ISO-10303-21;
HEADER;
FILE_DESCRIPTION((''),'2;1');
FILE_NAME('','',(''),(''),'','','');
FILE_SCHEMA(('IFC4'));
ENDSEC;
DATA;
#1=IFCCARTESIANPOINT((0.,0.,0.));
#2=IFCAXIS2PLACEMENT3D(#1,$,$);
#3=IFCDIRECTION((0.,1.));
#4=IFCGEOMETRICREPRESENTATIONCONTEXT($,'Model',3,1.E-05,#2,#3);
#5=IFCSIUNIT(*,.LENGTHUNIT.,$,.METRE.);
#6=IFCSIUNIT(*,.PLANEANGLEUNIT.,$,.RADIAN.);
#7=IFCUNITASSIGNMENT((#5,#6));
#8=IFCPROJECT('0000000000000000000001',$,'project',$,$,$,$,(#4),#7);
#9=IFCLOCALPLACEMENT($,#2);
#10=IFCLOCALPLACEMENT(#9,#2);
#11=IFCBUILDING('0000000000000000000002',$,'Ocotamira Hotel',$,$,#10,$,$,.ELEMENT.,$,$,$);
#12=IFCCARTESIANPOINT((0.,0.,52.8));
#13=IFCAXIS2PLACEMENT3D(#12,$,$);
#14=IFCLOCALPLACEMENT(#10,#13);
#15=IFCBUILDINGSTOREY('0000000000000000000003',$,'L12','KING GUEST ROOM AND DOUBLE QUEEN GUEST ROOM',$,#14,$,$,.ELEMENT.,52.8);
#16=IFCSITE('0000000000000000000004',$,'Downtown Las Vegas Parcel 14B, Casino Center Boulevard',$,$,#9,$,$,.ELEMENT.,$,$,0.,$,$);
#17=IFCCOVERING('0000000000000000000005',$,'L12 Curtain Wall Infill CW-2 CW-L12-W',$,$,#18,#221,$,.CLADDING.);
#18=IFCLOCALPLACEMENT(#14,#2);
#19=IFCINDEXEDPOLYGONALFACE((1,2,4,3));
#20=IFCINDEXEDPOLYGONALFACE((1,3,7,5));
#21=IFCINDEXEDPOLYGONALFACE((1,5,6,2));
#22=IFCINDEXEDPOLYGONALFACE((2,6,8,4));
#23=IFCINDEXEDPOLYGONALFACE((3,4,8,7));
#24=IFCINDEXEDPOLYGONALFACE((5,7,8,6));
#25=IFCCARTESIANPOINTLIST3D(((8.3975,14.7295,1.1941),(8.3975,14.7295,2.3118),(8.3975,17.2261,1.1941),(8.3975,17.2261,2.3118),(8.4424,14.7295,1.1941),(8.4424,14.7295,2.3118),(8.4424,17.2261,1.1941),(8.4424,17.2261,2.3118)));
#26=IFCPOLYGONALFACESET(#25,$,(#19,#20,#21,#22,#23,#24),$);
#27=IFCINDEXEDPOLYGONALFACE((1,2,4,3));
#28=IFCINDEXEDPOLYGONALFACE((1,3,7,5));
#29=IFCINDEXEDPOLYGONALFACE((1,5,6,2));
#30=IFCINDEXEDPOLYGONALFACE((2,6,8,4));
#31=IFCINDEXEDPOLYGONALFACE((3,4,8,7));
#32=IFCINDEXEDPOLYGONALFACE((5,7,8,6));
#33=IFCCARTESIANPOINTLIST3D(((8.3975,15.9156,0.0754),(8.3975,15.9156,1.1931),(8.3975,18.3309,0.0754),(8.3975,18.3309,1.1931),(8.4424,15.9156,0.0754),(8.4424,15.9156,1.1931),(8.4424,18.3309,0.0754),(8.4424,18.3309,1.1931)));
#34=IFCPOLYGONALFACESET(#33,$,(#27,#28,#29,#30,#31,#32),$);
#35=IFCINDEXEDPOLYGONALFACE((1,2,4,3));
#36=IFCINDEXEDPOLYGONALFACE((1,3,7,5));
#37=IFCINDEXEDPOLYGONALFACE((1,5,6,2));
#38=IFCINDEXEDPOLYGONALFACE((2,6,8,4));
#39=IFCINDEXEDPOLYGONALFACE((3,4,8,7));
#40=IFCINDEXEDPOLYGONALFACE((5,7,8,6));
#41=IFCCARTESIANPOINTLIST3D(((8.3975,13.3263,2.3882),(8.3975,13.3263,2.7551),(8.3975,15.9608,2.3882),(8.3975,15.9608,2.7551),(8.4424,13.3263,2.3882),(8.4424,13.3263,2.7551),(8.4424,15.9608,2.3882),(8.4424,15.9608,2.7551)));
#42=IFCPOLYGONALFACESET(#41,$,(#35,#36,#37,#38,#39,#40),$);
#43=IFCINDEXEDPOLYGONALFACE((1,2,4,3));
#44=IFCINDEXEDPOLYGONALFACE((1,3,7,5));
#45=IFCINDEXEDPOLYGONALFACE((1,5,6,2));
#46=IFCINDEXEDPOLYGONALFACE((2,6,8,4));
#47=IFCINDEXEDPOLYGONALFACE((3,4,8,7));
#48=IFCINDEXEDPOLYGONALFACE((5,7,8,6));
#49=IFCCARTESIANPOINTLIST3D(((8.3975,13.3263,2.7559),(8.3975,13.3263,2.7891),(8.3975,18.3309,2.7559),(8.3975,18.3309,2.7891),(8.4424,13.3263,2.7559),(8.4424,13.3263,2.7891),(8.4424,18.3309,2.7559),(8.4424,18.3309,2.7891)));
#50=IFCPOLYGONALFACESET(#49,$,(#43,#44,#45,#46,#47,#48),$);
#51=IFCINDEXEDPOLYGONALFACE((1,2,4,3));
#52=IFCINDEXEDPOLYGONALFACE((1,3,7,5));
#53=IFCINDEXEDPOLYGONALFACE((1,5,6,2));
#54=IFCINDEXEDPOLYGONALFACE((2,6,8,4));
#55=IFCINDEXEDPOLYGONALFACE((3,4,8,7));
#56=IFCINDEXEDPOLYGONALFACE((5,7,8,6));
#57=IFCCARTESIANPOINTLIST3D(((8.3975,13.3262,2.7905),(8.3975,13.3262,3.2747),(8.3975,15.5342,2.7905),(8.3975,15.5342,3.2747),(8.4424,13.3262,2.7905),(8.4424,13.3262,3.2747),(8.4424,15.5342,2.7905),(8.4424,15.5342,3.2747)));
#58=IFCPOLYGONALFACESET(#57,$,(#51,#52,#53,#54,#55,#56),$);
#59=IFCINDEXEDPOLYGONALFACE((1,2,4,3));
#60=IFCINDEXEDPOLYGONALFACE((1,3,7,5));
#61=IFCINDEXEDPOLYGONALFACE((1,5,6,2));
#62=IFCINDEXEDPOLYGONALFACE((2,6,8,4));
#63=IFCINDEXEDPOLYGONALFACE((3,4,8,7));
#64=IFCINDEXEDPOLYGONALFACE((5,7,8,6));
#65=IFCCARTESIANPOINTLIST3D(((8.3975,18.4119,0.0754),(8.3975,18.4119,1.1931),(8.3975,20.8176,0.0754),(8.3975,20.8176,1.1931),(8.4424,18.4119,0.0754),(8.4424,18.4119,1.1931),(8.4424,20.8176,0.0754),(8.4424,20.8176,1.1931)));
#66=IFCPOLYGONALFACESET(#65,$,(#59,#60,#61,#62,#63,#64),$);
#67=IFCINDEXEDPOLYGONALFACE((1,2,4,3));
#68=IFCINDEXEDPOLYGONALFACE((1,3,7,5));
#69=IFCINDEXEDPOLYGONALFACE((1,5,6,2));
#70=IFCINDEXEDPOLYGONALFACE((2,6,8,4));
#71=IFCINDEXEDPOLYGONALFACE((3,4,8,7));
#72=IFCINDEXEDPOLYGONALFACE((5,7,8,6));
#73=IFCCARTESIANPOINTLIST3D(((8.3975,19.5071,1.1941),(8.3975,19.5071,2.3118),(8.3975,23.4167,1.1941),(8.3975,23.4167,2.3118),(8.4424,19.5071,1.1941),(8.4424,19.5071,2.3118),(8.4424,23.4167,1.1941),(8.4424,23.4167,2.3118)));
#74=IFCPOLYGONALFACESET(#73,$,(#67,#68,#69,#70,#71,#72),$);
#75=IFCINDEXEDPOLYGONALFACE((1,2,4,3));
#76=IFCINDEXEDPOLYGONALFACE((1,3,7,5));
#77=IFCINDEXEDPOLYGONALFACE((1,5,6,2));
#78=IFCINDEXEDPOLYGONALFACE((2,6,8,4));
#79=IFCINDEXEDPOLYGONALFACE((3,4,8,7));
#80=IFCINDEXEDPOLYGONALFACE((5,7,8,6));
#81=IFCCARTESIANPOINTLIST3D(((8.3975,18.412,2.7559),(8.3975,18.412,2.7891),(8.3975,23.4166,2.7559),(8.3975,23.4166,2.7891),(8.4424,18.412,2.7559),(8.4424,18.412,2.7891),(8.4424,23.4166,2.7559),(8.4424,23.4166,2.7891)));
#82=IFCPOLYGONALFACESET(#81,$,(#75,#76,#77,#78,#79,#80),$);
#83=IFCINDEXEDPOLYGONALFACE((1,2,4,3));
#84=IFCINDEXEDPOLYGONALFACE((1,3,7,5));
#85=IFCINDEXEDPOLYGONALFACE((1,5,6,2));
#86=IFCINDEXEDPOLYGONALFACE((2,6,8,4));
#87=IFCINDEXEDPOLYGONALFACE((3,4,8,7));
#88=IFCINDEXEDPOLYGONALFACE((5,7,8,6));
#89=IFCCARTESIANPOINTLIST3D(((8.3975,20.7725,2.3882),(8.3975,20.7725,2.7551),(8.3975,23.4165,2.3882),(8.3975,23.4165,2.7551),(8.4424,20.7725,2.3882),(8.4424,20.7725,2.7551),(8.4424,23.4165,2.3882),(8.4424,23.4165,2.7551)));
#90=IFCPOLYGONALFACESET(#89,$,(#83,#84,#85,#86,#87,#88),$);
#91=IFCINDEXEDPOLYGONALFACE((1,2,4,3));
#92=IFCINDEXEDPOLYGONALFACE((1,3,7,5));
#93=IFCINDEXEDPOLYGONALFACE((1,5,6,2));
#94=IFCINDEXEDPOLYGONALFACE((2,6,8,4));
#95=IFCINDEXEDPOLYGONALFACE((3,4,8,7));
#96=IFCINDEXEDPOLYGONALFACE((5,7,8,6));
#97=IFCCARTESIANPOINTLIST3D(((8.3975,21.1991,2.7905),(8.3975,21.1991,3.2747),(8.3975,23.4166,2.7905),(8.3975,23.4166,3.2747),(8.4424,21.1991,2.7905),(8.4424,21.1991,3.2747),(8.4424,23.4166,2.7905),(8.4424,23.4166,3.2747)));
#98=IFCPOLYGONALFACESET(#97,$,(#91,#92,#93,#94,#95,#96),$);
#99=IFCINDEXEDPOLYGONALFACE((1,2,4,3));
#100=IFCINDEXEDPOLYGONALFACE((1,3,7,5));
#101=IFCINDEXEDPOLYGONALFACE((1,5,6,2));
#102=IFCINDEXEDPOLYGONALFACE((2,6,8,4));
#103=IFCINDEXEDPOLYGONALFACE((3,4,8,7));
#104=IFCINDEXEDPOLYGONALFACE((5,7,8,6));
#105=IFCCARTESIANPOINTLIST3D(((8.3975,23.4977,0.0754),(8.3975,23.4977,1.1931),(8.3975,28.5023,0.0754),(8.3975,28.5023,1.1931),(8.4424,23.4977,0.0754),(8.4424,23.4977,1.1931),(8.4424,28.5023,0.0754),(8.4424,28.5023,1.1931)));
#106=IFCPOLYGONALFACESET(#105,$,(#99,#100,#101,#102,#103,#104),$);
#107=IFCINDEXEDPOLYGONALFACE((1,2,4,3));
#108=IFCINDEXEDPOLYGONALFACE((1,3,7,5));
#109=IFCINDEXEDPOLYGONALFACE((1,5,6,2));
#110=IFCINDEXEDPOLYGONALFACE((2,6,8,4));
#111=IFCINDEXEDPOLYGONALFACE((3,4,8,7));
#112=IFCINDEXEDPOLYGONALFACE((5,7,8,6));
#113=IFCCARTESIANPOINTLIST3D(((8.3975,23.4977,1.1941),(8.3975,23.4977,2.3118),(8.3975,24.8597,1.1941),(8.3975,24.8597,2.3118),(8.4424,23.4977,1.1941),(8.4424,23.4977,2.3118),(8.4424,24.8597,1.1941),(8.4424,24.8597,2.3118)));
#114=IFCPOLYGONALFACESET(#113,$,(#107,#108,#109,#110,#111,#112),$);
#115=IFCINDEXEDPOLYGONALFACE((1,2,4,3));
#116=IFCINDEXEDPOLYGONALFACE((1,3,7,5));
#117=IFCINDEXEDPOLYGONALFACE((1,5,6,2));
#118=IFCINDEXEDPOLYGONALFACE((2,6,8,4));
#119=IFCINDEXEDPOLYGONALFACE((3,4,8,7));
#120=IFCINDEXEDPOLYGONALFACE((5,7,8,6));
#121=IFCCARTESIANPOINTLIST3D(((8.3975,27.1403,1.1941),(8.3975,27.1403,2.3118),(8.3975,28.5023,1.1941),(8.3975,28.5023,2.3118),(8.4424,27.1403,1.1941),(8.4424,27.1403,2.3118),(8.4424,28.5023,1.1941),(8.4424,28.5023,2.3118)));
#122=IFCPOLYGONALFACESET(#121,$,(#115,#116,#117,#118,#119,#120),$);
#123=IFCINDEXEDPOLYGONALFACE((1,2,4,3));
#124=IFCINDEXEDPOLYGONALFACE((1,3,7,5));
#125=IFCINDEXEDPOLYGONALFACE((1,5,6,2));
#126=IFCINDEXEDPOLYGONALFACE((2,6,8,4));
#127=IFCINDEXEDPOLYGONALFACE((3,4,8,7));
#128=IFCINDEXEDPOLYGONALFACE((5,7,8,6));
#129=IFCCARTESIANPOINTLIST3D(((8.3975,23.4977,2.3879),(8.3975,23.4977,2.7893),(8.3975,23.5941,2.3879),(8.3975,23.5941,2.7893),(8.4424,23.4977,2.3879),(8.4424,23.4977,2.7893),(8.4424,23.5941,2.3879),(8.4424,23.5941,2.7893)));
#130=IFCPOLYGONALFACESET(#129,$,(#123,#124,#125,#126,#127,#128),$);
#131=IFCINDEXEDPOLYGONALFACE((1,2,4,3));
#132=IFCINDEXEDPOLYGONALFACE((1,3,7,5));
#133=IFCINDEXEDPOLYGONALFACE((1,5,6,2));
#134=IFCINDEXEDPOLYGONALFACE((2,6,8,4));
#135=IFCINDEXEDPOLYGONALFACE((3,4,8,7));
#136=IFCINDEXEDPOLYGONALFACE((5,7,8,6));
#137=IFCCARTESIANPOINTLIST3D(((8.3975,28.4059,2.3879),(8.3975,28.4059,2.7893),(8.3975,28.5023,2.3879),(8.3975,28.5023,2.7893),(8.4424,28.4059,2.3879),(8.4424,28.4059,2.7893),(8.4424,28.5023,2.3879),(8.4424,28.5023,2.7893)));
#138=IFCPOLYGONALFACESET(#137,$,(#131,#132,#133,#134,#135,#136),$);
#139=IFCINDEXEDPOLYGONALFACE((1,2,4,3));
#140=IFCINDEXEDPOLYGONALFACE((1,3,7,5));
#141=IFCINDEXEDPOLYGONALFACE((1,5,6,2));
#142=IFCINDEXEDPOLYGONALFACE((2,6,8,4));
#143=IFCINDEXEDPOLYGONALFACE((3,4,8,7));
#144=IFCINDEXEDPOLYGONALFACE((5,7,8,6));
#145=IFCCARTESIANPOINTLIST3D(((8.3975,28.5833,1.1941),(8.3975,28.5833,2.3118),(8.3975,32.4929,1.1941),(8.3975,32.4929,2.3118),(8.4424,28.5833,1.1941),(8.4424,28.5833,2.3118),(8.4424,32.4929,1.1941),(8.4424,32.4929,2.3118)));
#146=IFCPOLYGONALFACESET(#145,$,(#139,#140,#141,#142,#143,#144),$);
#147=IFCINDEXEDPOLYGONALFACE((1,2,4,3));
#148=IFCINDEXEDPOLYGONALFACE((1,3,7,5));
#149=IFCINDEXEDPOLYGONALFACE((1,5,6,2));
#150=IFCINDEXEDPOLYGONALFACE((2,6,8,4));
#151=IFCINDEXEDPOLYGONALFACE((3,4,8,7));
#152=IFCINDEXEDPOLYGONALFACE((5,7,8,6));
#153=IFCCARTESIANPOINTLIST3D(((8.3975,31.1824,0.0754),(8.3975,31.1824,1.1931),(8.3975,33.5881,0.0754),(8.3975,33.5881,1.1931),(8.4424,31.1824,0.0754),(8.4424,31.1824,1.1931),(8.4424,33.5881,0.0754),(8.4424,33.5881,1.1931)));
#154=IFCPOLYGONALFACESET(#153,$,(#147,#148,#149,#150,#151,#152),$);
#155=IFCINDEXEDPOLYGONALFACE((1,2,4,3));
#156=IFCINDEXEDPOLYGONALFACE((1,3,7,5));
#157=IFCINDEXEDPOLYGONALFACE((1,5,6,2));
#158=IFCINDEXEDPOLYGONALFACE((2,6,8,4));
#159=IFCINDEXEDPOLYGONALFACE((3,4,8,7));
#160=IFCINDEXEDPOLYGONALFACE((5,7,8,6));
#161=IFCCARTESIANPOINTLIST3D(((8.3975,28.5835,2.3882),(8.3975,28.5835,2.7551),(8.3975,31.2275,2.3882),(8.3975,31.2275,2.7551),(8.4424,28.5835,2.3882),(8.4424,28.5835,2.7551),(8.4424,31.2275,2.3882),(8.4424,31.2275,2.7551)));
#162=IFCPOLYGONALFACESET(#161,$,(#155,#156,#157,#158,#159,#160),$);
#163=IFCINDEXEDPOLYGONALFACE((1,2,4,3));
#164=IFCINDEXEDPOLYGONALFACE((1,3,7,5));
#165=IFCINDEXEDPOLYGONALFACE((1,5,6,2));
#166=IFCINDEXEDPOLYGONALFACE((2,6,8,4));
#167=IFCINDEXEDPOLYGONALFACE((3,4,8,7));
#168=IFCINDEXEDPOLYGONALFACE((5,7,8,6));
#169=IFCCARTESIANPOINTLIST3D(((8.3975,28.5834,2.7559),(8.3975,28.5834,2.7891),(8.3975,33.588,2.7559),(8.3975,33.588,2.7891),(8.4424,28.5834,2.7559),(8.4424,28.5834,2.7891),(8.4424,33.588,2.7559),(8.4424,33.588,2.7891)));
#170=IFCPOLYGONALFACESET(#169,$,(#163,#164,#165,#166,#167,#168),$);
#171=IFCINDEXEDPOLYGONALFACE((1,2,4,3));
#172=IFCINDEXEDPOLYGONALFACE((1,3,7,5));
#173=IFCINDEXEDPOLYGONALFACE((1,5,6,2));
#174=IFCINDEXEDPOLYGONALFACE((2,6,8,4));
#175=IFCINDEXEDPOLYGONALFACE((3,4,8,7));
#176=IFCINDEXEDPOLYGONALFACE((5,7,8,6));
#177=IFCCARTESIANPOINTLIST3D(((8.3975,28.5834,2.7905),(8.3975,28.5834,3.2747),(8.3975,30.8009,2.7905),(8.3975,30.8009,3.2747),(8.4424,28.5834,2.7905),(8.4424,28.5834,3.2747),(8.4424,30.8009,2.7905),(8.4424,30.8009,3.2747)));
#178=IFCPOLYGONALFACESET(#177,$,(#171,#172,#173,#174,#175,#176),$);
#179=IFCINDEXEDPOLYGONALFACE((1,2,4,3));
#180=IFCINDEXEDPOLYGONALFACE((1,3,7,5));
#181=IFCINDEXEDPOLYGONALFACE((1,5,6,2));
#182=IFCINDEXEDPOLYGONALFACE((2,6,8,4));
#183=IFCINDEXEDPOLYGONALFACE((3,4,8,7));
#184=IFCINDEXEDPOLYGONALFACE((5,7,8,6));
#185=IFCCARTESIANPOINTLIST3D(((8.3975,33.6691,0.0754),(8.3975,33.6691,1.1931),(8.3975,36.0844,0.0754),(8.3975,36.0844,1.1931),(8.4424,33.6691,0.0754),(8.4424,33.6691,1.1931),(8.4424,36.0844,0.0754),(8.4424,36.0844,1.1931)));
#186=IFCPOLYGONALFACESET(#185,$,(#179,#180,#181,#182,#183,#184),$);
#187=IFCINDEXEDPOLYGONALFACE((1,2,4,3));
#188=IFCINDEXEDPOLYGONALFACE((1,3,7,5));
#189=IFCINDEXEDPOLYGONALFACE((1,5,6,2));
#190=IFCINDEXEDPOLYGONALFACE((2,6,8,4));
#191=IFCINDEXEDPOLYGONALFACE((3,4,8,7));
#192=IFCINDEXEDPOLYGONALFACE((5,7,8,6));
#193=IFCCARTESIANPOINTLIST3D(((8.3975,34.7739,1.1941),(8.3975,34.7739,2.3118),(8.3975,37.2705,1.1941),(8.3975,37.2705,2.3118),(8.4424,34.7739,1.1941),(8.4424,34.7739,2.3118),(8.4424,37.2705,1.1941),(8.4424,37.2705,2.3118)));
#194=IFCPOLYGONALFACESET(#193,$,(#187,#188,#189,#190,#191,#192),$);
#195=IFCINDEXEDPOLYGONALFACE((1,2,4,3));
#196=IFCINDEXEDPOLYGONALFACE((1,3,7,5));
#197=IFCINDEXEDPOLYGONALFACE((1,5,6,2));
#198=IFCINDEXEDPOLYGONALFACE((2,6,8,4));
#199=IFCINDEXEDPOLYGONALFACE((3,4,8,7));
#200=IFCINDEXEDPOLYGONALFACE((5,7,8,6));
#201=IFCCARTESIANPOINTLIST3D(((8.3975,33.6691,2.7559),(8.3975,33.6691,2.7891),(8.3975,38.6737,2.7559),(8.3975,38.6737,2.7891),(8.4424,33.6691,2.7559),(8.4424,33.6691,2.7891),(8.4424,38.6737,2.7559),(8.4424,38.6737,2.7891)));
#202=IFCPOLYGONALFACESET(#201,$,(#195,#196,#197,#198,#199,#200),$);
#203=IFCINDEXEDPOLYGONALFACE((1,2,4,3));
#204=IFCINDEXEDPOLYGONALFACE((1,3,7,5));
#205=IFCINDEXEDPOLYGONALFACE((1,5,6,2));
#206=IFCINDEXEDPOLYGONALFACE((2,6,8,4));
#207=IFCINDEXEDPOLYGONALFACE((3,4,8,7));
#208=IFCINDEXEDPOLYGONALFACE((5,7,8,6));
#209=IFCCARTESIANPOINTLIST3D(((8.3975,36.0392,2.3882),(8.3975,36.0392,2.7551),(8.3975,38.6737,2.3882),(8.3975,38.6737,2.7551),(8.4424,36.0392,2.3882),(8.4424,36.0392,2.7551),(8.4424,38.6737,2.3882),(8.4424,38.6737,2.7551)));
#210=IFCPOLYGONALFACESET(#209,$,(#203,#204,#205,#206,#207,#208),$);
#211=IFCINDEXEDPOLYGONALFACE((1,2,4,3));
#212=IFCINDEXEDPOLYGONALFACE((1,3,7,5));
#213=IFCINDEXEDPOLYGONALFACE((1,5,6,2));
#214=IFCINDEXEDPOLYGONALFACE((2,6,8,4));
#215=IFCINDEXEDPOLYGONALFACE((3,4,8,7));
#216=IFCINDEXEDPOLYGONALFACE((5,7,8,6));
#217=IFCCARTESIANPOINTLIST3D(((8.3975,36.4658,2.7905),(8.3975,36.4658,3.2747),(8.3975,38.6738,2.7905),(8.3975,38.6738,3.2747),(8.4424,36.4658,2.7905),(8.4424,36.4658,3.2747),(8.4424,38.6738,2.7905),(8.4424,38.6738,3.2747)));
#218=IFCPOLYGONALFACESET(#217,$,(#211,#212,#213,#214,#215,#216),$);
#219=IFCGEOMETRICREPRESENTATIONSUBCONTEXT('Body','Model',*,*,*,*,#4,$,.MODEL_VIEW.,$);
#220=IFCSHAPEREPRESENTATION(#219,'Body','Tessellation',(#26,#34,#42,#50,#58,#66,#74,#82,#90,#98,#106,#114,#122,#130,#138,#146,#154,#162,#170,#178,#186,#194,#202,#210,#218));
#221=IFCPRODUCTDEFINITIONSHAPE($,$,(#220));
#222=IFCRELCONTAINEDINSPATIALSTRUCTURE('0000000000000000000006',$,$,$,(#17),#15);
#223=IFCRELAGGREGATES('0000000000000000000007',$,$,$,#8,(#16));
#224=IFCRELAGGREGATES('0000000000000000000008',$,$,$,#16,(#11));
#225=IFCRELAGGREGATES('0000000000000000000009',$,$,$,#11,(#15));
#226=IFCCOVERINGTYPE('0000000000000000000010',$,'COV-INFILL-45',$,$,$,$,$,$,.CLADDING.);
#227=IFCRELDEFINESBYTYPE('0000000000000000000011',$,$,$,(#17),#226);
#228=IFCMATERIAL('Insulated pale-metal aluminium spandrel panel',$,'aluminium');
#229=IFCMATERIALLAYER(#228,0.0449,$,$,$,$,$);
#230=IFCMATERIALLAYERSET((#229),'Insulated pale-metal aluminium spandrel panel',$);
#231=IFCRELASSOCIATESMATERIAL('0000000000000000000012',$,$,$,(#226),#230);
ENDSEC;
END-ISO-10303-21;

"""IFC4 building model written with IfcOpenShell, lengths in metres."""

from ifc_helpers import new_model, si_unit, direction, frame, origin, origin_2d, place, context, subcontext, project, spatial, rectangle, extrude, material, layer, layer_set, type_object, element, save


model = new_model("IFC4")

# Units and contexts
model_context = context("Model", 3, precision=1e-05, world=origin(), true_north=direction((0.0, 1.0)))
body_context = subcontext(model_context, "Body", "Model", "MODEL_VIEW")
ifc_project = project(units=[si_unit("LENGTHUNIT", "METRE"), si_unit("PLANEANGLEUNIT", "RADIAN")], contexts=[model_context])

# Site, building, storey
site_placement = place(None, origin())
site = spatial("IfcSite", under=ifc_project, at=site_placement, Name="Downtown Las Vegas Parcel 14B, Casino Center Boulevard", CompositionType="ELEMENT", RefElevation=0.0)
building_placement = place(site_placement, origin())
building = spatial("IfcBuilding", under=site, at=building_placement, Name="Ocotamira Hotel", CompositionType="ELEMENT")
storey_placement = place(building_placement, frame((0.0, 0.0, 52.8)))
storey = spatial("IfcBuildingStorey", under=building, at=storey_placement, Name="L12", Description="KING GUEST ROOM AND DOUBLE QUEEN GUEST ROOM", CompositionType="ELEMENT", Elevation=52.8)

# Covering
ifc_material_1 = material(Name="Insulated pale-metal aluminium spandrel panel", Category="aluminium")
ifc_layer_1 = layer(ifc_material_1, 0.0449)
ifc_layer_set_1 = layer_set([ifc_layer_1], Name="Insulated pale-metal aluminium spandrel panel")
covering_type_1 = type_object("IfcCoveringType", Name="COV-INFILL-45", PredefinedType="CLADDING", material=ifc_layer_set_1)
covering_1_placement = place(storey_placement, origin())
element("IfcCovering", 1, at=covering_1_placement, inside=storey, type_object=covering_type_1, Name="L12 Curtain Wall Infill CW-2 CW-L12-W", PredefinedType="CLADDING", context=body_context, shape_type="SweptSolid", body=[
    extrude(rectangle(XDim=2.4966, YDim=0.0449, at=origin_2d()), frame((8.4199, 15.9778, 1.1941), z_axis=(0.0, 0.0, 1.0), x_axis=(0.0, 1.0, 0.0)), (0.0, 0.0, 1.0), 1.1177),
    extrude(rectangle(XDim=2.4153, YDim=0.0449, at=origin_2d()), frame((8.4199, 17.1233, 0.0754), z_axis=(0.0, 0.0, 1.0), x_axis=(0.0, 1.0, 0.0)), (0.0, 0.0, 1.0), 1.1177),
    extrude(rectangle(XDim=2.6345, YDim=0.0449, at=origin_2d()), frame((8.4199, 14.6436, 2.3882), z_axis=(0.0, 0.0, 1.0), x_axis=(0.0, 1.0, 0.0)), (0.0, 0.0, 1.0), 0.3669),
    extrude(rectangle(XDim=5.0046, YDim=0.0449, at=origin_2d()), frame((8.4199, 15.8286, 2.7559), z_axis=(0.0, 0.0, 1.0), x_axis=(0.0, 1.0, 0.0)), (0.0, 0.0, 1.0), 0.0332),
    extrude(rectangle(XDim=2.208, YDim=0.0449, at=origin_2d()), frame((8.4199, 14.4302, 2.7905), z_axis=(0.0, 0.0, 1.0), x_axis=(0.0, 1.0, 0.0)), (0.0, 0.0, 1.0), 0.4841),
    extrude(rectangle(XDim=2.4058, YDim=0.0449, at=origin_2d()), frame((8.4199, 19.6147, 0.0754), z_axis=(0.0, 0.0, 1.0), x_axis=(0.0, 1.0, 0.0)), (0.0, 0.0, 1.0), 1.1177),
    extrude(rectangle(XDim=3.9097, YDim=0.0449, at=origin_2d()), frame((8.4199, 21.4619, 1.1941), z_axis=(0.0, 0.0, 1.0), x_axis=(0.0, 1.0, 0.0)), (0.0, 0.0, 1.0), 1.1177),
    extrude(rectangle(XDim=5.0046, YDim=0.0449, at=origin_2d()), frame((8.4199, 20.9143, 2.7559), z_axis=(0.0, 0.0, 1.0), x_axis=(0.0, 1.0, 0.0)), (0.0, 0.0, 1.0), 0.0332),
    extrude(rectangle(XDim=2.644, YDim=0.0449, at=origin_2d()), frame((8.4199, 22.0945, 2.3882), z_axis=(0.0, 0.0, 1.0), x_axis=(0.0, 1.0, 0.0)), (0.0, 0.0, 1.0), 0.3669),
    extrude(rectangle(XDim=2.2175, YDim=0.0449, at=origin_2d()), frame((8.4199, 22.3079, 2.7905), z_axis=(0.0, 0.0, 1.0), x_axis=(0.0, 1.0, 0.0)), (0.0, 0.0, 1.0), 0.4841),
    extrude(rectangle(XDim=5.0046, YDim=0.0449, at=origin_2d()), frame((8.4199, 26.0, 0.0754), z_axis=(0.0, 0.0, 1.0), x_axis=(0.0, 1.0, 0.0)), (0.0, 0.0, 1.0), 1.1177),
    extrude(rectangle(XDim=1.3621, YDim=0.0449, at=origin_2d()), frame((8.4199, 24.1787, 1.1941), z_axis=(0.0, 0.0, 1.0), x_axis=(0.0, 1.0, 0.0)), (0.0, 0.0, 1.0), 1.1177),
    extrude(rectangle(XDim=1.3621, YDim=0.0449, at=origin_2d()), frame((8.4199, 27.8213, 1.1941), z_axis=(0.0, 0.0, 1.0), x_axis=(0.0, 1.0, 0.0)), (0.0, 0.0, 1.0), 1.1177),
    extrude(rectangle(XDim=0.0964, YDim=0.0449, at=origin_2d()), frame((8.4199, 23.5459, 2.3879), z_axis=(0.0, 0.0, 1.0), x_axis=(0.0, 1.0, 0.0)), (0.0, 0.0, 1.0), 0.4014),
    extrude(rectangle(XDim=0.0964, YDim=0.0449, at=origin_2d()), frame((8.4199, 28.4541, 2.3879), z_axis=(0.0, 0.0, 1.0), x_axis=(0.0, 1.0, 0.0)), (0.0, 0.0, 1.0), 0.4014),
    extrude(rectangle(XDim=3.9097, YDim=0.0449, at=origin_2d()), frame((8.4199, 30.5381, 1.1941), z_axis=(0.0, 0.0, 1.0), x_axis=(0.0, 1.0, 0.0)), (0.0, 0.0, 1.0), 1.1177),
    extrude(rectangle(XDim=2.4058, YDim=0.0449, at=origin_2d()), frame((8.4199, 32.3853, 0.0754), z_axis=(0.0, 0.0, 1.0), x_axis=(0.0, 1.0, 0.0)), (0.0, 0.0, 1.0), 1.1177),
    extrude(rectangle(XDim=2.644, YDim=0.0449, at=origin_2d()), frame((8.4199, 29.9055, 2.3882), z_axis=(0.0, 0.0, 1.0), x_axis=(0.0, 1.0, 0.0)), (0.0, 0.0, 1.0), 0.3669),
    extrude(rectangle(XDim=5.0046, YDim=0.0449, at=origin_2d()), frame((8.4199, 31.0857, 2.7559), z_axis=(0.0, 0.0, 1.0), x_axis=(0.0, 1.0, 0.0)), (0.0, 0.0, 1.0), 0.0332),
    extrude(rectangle(XDim=2.2175, YDim=0.0449, at=origin_2d()), frame((8.4199, 29.6921, 2.7905), z_axis=(0.0, 0.0, 1.0), x_axis=(0.0, 1.0, 0.0)), (0.0, 0.0, 1.0), 0.4841),
    extrude(rectangle(XDim=2.4153, YDim=0.0449, at=origin_2d()), frame((8.4199, 34.8767, 0.0754), z_axis=(0.0, 0.0, 1.0), x_axis=(0.0, 1.0, 0.0)), (0.0, 0.0, 1.0), 1.1177),
    extrude(rectangle(XDim=2.4966, YDim=0.0449, at=origin_2d()), frame((8.4199, 36.0222, 1.1941), z_axis=(0.0, 0.0, 1.0), x_axis=(0.0, 1.0, 0.0)), (0.0, 0.0, 1.0), 1.1177),
    extrude(rectangle(XDim=5.0046, YDim=0.0449, at=origin_2d()), frame((8.4199, 36.1714, 2.7559), z_axis=(0.0, 0.0, 1.0), x_axis=(0.0, 1.0, 0.0)), (0.0, 0.0, 1.0), 0.0332),
    extrude(rectangle(XDim=2.6345, YDim=0.0449, at=origin_2d()), frame((8.4199, 37.3564, 2.3882), z_axis=(0.0, 0.0, 1.0), x_axis=(0.0, 1.0, 0.0)), (0.0, 0.0, 1.0), 0.3669),
    extrude(rectangle(XDim=2.208, YDim=0.0449, at=origin_2d()), frame((8.4199, 37.5698, 2.7905), z_axis=(0.0, 0.0, 1.0), x_axis=(0.0, 1.0, 0.0)), (0.0, 0.0, 1.0), 0.4841),
])

save(model, "model.ifc")
